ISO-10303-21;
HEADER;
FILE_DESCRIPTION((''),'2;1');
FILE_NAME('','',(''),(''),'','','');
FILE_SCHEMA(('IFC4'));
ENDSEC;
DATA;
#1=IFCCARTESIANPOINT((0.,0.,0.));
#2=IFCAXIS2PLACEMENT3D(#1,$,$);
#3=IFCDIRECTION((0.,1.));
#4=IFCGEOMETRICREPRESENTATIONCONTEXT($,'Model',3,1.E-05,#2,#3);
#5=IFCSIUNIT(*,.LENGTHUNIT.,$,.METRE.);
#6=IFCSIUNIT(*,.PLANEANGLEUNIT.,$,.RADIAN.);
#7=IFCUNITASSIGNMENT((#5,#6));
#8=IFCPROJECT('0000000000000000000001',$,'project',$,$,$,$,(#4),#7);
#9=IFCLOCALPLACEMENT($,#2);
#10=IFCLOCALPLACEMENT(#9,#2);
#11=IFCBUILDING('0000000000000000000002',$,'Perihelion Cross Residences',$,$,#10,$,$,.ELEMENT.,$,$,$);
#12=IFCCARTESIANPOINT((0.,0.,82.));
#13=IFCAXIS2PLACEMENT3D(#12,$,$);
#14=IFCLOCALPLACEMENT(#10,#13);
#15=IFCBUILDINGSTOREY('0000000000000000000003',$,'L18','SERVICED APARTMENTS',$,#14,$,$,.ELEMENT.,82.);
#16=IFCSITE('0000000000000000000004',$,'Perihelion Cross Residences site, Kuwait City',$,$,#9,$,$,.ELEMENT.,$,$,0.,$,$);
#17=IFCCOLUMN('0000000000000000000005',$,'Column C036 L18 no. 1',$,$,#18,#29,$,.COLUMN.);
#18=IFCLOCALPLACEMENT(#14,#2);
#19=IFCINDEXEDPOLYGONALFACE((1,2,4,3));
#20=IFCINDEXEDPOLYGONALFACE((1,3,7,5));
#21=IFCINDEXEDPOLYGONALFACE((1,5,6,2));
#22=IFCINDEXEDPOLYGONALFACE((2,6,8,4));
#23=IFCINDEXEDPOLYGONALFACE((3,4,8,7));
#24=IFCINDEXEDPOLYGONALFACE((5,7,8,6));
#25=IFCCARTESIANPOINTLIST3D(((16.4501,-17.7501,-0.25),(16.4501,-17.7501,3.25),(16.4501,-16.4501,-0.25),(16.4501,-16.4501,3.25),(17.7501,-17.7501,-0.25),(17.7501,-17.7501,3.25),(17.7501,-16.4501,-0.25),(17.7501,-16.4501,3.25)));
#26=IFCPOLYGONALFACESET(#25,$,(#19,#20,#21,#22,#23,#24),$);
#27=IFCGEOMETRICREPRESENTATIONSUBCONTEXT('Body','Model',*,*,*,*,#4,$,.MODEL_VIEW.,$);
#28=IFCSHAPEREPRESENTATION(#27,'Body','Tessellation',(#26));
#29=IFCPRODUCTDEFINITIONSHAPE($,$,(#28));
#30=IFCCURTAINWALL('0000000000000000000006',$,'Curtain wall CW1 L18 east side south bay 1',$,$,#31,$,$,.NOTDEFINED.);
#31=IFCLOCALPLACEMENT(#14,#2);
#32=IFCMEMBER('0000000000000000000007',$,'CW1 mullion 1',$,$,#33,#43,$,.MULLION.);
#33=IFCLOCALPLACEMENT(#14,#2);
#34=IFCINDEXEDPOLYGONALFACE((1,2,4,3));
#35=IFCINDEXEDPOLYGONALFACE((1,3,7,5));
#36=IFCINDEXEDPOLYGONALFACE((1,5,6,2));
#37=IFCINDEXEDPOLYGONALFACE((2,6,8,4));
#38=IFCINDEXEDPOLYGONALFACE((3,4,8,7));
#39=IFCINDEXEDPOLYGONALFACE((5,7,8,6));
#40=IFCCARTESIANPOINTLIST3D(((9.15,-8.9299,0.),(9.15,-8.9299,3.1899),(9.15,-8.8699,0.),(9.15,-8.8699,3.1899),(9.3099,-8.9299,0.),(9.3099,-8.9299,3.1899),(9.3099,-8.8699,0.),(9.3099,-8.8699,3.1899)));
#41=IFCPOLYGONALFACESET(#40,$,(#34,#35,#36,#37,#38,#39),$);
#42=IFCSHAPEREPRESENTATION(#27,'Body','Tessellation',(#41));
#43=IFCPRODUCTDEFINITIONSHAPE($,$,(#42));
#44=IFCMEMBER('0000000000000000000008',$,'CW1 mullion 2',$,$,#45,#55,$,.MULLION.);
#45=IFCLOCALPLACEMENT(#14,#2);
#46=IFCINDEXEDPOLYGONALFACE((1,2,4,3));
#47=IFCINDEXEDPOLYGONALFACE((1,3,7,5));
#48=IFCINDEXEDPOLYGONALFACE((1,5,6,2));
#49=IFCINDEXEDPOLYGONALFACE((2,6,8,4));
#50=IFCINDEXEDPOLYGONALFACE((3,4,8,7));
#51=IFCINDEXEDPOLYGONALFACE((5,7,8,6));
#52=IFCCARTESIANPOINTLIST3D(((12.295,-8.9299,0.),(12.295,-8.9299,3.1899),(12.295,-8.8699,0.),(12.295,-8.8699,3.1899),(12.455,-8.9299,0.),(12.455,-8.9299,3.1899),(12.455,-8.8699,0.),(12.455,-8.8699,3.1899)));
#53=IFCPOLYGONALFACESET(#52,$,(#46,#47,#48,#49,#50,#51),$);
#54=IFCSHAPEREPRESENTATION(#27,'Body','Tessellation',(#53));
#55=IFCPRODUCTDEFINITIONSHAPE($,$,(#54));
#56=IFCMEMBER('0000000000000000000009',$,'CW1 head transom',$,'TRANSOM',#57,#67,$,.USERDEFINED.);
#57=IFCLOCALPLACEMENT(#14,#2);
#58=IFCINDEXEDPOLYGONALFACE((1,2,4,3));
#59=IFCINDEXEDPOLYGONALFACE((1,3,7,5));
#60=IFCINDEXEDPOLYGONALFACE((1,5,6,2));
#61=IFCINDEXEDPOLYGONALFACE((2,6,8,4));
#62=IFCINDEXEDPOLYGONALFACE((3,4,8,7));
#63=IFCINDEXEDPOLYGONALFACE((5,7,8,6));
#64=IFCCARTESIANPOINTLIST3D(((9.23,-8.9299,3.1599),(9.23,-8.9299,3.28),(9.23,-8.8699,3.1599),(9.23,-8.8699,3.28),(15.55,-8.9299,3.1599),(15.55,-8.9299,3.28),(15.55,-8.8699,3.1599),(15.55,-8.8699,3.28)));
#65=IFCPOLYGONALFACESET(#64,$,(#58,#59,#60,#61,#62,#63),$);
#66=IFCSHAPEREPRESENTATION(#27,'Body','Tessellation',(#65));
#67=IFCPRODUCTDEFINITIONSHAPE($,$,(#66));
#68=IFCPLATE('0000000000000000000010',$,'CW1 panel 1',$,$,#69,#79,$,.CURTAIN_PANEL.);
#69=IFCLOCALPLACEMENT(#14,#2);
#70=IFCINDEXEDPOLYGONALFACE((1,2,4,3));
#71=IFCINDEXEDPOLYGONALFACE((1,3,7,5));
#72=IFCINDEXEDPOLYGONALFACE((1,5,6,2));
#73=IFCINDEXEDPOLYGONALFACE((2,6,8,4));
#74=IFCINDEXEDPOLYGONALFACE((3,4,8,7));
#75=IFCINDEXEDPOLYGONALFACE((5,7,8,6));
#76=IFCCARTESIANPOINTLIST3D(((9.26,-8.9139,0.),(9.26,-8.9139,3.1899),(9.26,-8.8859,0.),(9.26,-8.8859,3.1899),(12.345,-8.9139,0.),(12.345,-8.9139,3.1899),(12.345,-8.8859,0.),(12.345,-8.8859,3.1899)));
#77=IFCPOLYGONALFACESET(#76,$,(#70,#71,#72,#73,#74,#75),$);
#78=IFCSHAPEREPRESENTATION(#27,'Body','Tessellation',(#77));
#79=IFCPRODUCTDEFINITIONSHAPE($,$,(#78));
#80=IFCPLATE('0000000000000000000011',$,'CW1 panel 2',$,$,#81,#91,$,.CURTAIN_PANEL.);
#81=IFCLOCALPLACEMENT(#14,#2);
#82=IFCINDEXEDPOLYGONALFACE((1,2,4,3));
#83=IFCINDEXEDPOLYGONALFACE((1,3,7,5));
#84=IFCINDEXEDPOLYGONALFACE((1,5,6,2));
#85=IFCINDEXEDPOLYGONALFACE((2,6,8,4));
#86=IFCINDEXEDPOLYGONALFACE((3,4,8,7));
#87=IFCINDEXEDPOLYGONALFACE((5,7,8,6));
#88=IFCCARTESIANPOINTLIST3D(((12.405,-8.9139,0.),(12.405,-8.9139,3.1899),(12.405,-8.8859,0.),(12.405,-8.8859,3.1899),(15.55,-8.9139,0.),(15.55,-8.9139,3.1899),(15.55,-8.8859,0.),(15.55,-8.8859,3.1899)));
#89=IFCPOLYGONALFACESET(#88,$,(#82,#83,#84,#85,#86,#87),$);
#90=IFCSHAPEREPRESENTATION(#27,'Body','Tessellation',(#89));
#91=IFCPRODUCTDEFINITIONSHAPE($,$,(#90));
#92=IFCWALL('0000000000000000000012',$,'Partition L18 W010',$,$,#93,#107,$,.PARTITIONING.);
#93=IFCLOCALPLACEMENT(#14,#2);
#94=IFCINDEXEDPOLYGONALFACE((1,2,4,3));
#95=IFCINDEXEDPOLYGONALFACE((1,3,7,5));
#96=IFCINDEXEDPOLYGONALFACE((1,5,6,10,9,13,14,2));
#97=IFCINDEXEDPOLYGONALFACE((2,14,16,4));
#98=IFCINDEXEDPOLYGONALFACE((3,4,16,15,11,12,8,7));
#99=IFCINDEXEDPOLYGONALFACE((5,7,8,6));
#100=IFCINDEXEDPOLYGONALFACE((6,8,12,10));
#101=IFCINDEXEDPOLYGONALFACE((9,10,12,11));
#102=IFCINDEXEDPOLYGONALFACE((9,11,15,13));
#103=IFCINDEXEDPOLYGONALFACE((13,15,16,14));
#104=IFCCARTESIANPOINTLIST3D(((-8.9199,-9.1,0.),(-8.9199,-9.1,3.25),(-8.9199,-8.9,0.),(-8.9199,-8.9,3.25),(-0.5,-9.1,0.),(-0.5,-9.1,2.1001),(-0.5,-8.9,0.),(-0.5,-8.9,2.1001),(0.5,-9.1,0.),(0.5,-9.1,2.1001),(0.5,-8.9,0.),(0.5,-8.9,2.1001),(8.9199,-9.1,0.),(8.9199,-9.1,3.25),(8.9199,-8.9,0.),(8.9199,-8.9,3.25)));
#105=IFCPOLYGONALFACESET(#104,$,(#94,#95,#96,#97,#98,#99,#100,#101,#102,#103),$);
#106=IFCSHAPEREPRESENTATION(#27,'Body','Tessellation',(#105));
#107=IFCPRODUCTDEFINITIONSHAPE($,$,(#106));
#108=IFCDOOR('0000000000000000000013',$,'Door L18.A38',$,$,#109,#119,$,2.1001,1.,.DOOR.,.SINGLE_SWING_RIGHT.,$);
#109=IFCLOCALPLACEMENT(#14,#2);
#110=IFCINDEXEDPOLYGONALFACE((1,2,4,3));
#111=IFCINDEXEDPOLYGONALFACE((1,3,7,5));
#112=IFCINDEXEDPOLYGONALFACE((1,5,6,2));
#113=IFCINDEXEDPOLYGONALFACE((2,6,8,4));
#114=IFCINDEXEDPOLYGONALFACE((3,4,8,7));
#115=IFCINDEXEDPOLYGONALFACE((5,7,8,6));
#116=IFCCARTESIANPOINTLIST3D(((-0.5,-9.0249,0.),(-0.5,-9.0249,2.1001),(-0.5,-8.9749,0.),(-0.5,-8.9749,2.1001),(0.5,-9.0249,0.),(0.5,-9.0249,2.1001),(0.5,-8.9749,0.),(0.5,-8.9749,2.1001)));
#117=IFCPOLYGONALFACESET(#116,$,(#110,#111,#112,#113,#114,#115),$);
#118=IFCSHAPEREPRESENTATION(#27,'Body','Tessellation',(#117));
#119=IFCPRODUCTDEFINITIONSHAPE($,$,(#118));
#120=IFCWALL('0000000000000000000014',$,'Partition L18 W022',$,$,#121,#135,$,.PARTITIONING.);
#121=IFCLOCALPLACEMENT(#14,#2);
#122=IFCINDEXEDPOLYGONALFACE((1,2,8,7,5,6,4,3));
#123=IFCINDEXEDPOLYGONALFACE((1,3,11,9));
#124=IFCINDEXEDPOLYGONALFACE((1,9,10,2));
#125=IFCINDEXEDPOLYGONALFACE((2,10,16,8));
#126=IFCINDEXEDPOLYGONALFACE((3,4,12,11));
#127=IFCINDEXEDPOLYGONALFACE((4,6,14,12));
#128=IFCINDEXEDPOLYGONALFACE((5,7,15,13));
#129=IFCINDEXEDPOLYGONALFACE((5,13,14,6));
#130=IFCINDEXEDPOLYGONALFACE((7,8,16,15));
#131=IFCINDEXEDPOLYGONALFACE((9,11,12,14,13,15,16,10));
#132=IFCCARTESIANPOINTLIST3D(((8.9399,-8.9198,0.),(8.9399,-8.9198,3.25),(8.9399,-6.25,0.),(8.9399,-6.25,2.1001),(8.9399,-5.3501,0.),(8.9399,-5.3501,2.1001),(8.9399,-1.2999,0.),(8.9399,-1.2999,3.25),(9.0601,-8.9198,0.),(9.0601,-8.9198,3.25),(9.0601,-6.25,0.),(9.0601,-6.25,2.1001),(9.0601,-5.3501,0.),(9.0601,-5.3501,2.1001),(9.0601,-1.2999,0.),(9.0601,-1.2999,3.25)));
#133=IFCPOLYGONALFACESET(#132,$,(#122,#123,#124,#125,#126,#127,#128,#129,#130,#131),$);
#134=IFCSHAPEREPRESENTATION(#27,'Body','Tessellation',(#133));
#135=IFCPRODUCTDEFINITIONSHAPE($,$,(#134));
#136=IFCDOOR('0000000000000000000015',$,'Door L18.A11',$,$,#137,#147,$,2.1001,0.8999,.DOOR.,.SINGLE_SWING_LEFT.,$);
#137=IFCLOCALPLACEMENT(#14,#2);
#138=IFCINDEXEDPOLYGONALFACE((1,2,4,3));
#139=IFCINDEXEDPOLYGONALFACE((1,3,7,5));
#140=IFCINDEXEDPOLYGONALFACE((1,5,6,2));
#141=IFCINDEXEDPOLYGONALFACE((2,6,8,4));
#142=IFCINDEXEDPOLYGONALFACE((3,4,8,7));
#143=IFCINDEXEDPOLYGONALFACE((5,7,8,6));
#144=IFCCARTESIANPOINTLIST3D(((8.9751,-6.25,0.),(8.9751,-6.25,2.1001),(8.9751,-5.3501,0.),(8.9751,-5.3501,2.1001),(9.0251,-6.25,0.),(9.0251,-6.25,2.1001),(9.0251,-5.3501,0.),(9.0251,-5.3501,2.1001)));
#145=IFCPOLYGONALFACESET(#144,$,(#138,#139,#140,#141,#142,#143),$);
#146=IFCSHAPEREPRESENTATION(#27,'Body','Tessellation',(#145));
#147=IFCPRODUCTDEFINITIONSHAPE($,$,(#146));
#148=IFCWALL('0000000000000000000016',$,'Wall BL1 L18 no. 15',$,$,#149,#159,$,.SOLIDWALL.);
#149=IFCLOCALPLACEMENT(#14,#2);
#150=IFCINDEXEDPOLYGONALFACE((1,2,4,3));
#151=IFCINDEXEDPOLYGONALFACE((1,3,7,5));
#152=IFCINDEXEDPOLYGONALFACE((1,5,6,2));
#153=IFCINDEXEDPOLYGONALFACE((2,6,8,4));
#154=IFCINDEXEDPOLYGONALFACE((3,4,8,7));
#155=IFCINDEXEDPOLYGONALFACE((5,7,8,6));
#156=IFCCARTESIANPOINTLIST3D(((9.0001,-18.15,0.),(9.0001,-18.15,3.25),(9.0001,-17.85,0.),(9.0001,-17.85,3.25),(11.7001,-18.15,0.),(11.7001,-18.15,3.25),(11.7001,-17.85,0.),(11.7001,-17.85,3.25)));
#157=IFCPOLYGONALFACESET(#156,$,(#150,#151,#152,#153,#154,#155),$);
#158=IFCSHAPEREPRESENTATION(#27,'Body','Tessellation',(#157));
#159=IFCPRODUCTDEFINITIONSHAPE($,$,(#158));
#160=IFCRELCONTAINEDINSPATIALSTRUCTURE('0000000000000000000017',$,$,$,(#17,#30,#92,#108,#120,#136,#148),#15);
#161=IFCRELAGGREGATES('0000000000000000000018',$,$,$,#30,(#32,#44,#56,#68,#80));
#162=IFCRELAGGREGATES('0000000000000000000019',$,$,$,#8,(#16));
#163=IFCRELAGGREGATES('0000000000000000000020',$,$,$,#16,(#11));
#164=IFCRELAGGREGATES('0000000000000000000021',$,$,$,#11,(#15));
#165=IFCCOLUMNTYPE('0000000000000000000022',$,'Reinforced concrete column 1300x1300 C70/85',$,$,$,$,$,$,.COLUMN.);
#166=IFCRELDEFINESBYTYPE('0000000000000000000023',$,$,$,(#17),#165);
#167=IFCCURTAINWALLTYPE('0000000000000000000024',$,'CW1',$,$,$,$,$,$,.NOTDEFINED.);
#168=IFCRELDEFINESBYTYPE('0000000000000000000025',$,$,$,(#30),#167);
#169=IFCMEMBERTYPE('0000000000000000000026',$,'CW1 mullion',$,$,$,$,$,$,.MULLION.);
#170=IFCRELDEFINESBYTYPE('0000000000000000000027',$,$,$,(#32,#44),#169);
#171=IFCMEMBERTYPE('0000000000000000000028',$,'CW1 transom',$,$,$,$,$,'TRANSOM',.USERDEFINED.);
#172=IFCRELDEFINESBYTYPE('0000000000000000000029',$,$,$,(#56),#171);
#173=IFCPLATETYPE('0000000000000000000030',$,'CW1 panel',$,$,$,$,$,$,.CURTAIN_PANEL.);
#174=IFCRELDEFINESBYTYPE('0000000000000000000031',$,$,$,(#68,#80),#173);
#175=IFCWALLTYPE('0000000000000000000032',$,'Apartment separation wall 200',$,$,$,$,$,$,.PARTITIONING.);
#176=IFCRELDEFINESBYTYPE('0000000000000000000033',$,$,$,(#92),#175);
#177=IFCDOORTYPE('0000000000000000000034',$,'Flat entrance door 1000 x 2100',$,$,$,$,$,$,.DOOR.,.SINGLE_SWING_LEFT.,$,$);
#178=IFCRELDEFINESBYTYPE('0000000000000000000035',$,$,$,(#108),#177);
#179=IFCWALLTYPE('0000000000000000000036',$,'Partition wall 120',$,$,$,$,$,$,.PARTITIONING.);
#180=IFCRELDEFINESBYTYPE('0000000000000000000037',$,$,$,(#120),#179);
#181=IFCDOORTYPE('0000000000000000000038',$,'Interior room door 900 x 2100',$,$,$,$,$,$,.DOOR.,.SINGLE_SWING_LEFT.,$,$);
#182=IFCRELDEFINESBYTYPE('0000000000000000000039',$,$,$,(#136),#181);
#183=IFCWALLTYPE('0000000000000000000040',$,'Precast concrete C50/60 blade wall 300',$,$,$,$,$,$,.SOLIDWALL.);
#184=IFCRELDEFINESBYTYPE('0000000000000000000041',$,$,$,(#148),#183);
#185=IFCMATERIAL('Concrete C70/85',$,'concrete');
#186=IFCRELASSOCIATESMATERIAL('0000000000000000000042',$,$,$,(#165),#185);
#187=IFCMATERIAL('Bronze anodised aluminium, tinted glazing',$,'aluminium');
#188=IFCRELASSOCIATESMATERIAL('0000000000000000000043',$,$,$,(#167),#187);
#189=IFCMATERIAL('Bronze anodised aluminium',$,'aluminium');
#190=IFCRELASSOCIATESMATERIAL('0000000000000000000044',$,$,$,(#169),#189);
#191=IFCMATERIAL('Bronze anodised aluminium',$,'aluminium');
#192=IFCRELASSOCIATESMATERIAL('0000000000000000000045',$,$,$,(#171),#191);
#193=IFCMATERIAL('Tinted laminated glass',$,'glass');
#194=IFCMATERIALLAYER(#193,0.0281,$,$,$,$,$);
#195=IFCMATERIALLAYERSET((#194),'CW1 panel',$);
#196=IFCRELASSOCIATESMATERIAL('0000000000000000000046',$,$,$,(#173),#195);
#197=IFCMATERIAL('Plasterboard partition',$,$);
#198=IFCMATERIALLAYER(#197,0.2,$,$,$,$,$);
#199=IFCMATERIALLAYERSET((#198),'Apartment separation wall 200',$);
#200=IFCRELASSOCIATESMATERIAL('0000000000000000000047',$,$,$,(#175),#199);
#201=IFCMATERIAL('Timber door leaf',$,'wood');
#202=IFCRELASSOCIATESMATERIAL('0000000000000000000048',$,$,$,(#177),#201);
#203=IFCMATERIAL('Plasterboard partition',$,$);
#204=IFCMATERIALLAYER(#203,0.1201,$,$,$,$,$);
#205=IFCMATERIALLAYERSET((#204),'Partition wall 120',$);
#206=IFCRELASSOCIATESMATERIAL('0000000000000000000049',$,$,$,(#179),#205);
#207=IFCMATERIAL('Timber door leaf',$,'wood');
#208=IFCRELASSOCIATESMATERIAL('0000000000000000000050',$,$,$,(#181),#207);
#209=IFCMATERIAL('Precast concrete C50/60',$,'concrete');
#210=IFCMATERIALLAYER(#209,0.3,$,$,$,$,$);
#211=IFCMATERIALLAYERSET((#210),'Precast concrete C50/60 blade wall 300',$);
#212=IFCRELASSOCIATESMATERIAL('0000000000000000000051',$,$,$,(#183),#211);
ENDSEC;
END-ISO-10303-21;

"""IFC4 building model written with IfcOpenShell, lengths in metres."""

from ifc_helpers import new_model, si_unit, direction, frame, frame_2d, origin, origin_2d, place, context, subcontext, project, spatial, rectangle, extrude, material, layer, layer_set, material_profile, profile_set, type_object, element, fill, aggregate, save


model = new_model("IFC4")

# Units and contexts
model_context = context("Model", 3, precision=1e-05, world=origin(), true_north=direction((0.0, 1.0)))
body_context = subcontext(model_context, "Body", "Model", "MODEL_VIEW")
ifc_project = project(units=[si_unit("LENGTHUNIT", "METRE"), si_unit("PLANEANGLEUNIT", "RADIAN")], contexts=[model_context])

# Site, building, storey
site_placement = place(None, origin())
site = spatial("IfcSite", under=ifc_project, at=site_placement, Name="Perihelion Cross Residences site, Kuwait City", CompositionType="ELEMENT", RefElevation=0.0)
building_placement = place(site_placement, origin())
building = spatial("IfcBuilding", under=site, at=building_placement, Name="Perihelion Cross Residences", CompositionType="ELEMENT")
storey_placement = place(building_placement, frame((0.0, 0.0, 82.0)))
storey = spatial("IfcBuildingStorey", under=building, at=storey_placement, Name="L18", Description="SERVICED APARTMENTS", CompositionType="ELEMENT", Elevation=82.0)

# Column
ifc_material_1 = material(Name="Concrete C70/85", Category="concrete")
ifc_material_profile_1 = material_profile(ifc_material_1, rectangle(XDim=1.3, YDim=1.3, at=origin_2d()), Name="RC 1300x1300")
ifc_profile_set_1 = profile_set([ifc_material_profile_1], Name="Concrete C70/85")
column_type = type_object("IfcColumnType", Name="Reinforced concrete column 1300x1300 C70/85", PredefinedType="COLUMN", material=ifc_profile_set_1)
column_placement = place(storey_placement, frame((17.1001, -17.1001, -0.25), z_axis=(0.0, 0.0, 1.0), x_axis=(1.0, 0.0, 0.0)))
element("IfcColumn", 1, at=column_placement, inside=storey, type_object=column_type, Name="Column C036 L18 no. 1", PredefinedType="COLUMN", context=body_context, shape_type="SweptSolid", body=[
    extrude(rectangle(XDim=1.3, YDim=1.3, at=origin_2d()), origin(), (0.0, 0.0, 1.0), 3.5),
])

# Curtain wall, members, plates
ifc_material_2 = material(Name="Bronze anodised aluminium, tinted glazing", Category="aluminium")
curtain_wall_type = type_object("IfcCurtainWallType", Name="CW1", PredefinedType="NOTDEFINED", material=ifc_material_2)
curtain_wall_placement = place(storey_placement, origin())
curtain_wall = element("IfcCurtainWall", 2, at=curtain_wall_placement, inside=storey, type_object=curtain_wall_type, Name="Curtain wall CW1 L18 east side south bay 1", PredefinedType="NOTDEFINED")
ifc_material_3 = material(Name="Bronze anodised aluminium", Category="aluminium")
ifc_material_profile_2 = material_profile(ifc_material_3, rectangle(XDim=0.0601, YDim=0.1599, at=origin_2d()), Name="CW1 mullion")
ifc_profile_set_2 = profile_set([ifc_material_profile_2], Name="Bronze anodised aluminium")
member_type_1 = type_object("IfcMemberType", Name="CW1 mullion", PredefinedType="MULLION", material=ifc_profile_set_2)
member_1_placement = place(storey_placement, frame((9.23, -8.8999, 0.0), z_axis=(0.0, 0.0, 1.0), x_axis=(0.0, 1.0, 0.0)))
member_1 = element("IfcMember", 3, at=member_1_placement, type_object=member_type_1, Name="CW1 mullion 1", PredefinedType="MULLION", context=body_context, shape_type="SweptSolid", body=[
    extrude(rectangle(XDim=0.0601, YDim=0.1599, at=origin_2d()), origin(), (0.0, 0.0, 1.0), 3.1899),
])
member_2_placement = place(storey_placement, frame((12.375, -8.8999, 0.0), z_axis=(0.0, 0.0, 1.0), x_axis=(0.0, 1.0, 0.0)))
member_2 = element("IfcMember", 4, at=member_2_placement, type_object=member_type_1, Name="CW1 mullion 2", PredefinedType="MULLION", context=body_context, shape_type="SweptSolid", body=[
    extrude(rectangle(XDim=0.0601, YDim=0.1599, at=origin_2d()), origin(), (0.0, 0.0, 1.0), 3.1899),
])
ifc_material_4 = material(Name="Bronze anodised aluminium", Category="aluminium")
ifc_material_profile_3 = material_profile(ifc_material_4, rectangle(XDim=0.0601, YDim=0.1201, at=origin_2d()), Name="CW1 transom")
ifc_profile_set_3 = profile_set([ifc_material_profile_3], Name="Bronze anodised aluminium")
member_type_2 = type_object("IfcMemberType", Name="CW1 transom", ElementType="TRANSOM", PredefinedType="USERDEFINED", material=ifc_profile_set_3)
member_3_placement = place(storey_placement, frame((9.23, -8.8999, 3.22), z_axis=(1.0, 0.0, 0.0), x_axis=(0.0, 1.0, 0.0)))
member_3 = element("IfcMember", 5, at=member_3_placement, type_object=member_type_2, Name="CW1 head transom", ObjectType="TRANSOM", PredefinedType="USERDEFINED", context=body_context, shape_type="SweptSolid", body=[
    extrude(rectangle(XDim=0.0601, YDim=0.1201, at=origin_2d()), origin(), (0.0, 0.0, 1.0), 6.3201),
])
ifc_material_5 = material(Name="Tinted laminated glass", Category="glass")
ifc_layer_1 = layer(ifc_material_5, 0.0281)
ifc_layer_set_1 = layer_set([ifc_layer_1], Name="CW1 panel")
plate_type = type_object("IfcPlateType", Name="CW1 panel", PredefinedType="CURTAIN_PANEL", material=ifc_layer_set_1)
plate_1_placement = place(storey_placement, frame((10.8025, -8.8999, 0.0), z_axis=(0.0, 0.0, 1.0), x_axis=(1.0, 0.0, 0.0)))
plate_1 = element("IfcPlate", 6, at=plate_1_placement, type_object=plate_type, Name="CW1 panel 1", PredefinedType="CURTAIN_PANEL", context=body_context, shape_type="SweptSolid", body=[
    extrude(rectangle(XDim=3.085, YDim=0.0281, at=origin_2d()), origin(), (0.0, 0.0, 1.0), 3.1899),
])
plate_2_placement = place(storey_placement, frame((13.9775, -8.8999, 0.0), z_axis=(0.0, 0.0, 1.0), x_axis=(1.0, 0.0, 0.0)))
plate_2 = element("IfcPlate", 7, at=plate_2_placement, type_object=plate_type, Name="CW1 panel 2", PredefinedType="CURTAIN_PANEL", context=body_context, shape_type="SweptSolid", body=[
    extrude(rectangle(XDim=3.145, YDim=0.0281, at=origin_2d()), origin(), (0.0, 0.0, 1.0), 3.1899),
])
aggregate(curtain_wall, [member_1, member_2, member_3, plate_1, plate_2])

# Walls, openings, doors
ifc_material_6 = material(Name="Plasterboard partition")
ifc_layer_2 = layer(ifc_material_6, 0.2)
ifc_layer_set_2 = layer_set([ifc_layer_2], Name="Apartment separation wall 200")
wall_type_1 = type_object("IfcWallType", Name="Apartment separation wall 200", PredefinedType="PARTITIONING", material=ifc_layer_set_2)
wall_1_placement = place(storey_placement, frame((8.9199, -9.0, 0.0), z_axis=(0.0, 0.0, 1.0), x_axis=(-1.0, 0.0, 0.0)))
wall_1 = element("IfcWall", 8, at=wall_1_placement, inside=storey, type_object=wall_type_1, Name="Partition L18 W010", PredefinedType="PARTITIONING", context=body_context, shape_type="SweptSolid", body=[
    extrude(rectangle(XDim=17.8398, YDim=0.2, at=frame_2d((8.9199, 0.0))), origin(), (0.0, 0.0, 1.0), 3.25),
])
opening_1_placement = place(wall_1_placement, frame((8.4199, 0.0, 0.0)))
opening_1 = element("IfcOpeningElement", 9, at=opening_1_placement, cuts=wall_1, PredefinedType="OPENING", context=body_context, shape_type="SweptSolid", body=[
    extrude(rectangle(XDim=1.0, YDim=2.1001, at=frame_2d((0.5, 1.05))), frame((0.0, 0.1099, 0.0), z_axis=(0.0, -1.0, 0.0), x_axis=(1.0, 0.0, 0.0)), (0.0, 0.0, 1.0), 0.22),
])
ifc_material_7 = material(Name="Timber door leaf", Category="wood")
door_type_1 = type_object("IfcDoorType", Name="Flat entrance door 1000 x 2100", OperationType="SINGLE_SWING_LEFT", PredefinedType="DOOR", material=ifc_material_7)
door_1_placement = place(opening_1_placement, origin())
door_1 = element("IfcDoor", 10, at=door_1_placement, inside=storey, type_object=door_type_1, Name="Door L18.A38", OperationType="SINGLE_SWING_RIGHT", OverallHeight=2.1001, OverallWidth=1.0, PredefinedType="DOOR", context=body_context, shape_type="SweptSolid", body=[
    extrude(rectangle(XDim=1.0, YDim=2.1001, at=frame_2d((0.5, 1.05))), frame((0.0, 0.0249, 0.0), z_axis=(0.0, -1.0, 0.0), x_axis=(1.0, 0.0, 0.0)), (0.0, 0.0, 1.0), 0.05),
])
fill(opening_1, door_1)
ifc_material_8 = material(Name="Plasterboard partition")
ifc_layer_3 = layer(ifc_material_8, 0.1201)
ifc_layer_set_3 = layer_set([ifc_layer_3], Name="Partition wall 120")
wall_type_2 = type_object("IfcWallType", Name="Partition wall 120", PredefinedType="PARTITIONING", material=ifc_layer_set_3)
wall_2_placement = place(storey_placement, frame((9.0, -8.9199, 0.0), z_axis=(0.0, 0.0, 1.0), x_axis=(0.0, 1.0, 0.0)))
wall_2 = element("IfcWall", 11, at=wall_2_placement, inside=storey, type_object=wall_type_2, Name="Partition L18 W022", PredefinedType="PARTITIONING", context=body_context, shape_type="SweptSolid", body=[
    extrude(rectangle(XDim=7.6199, YDim=0.1201, at=frame_2d((3.8101, 0.0))), origin(), (0.0, 0.0, 1.0), 3.25),
])
opening_2_placement = place(wall_2_placement, frame((2.6699, 0.0, 0.0)))
opening_2 = element("IfcOpeningElement", 12, at=opening_2_placement, cuts=wall_2, PredefinedType="OPENING", context=body_context, shape_type="SweptSolid", body=[
    extrude(rectangle(XDim=0.8999, YDim=2.1001, at=frame_2d((0.45, 1.05))), frame((0.0, 0.0701, 0.0), z_axis=(0.0, -1.0, 0.0), x_axis=(1.0, 0.0, 0.0)), (0.0, 0.0, 1.0), 0.1401),
])
ifc_material_9 = material(Name="Timber door leaf", Category="wood")
door_type_2 = type_object("IfcDoorType", Name="Interior room door 900 x 2100", OperationType="SINGLE_SWING_LEFT", PredefinedType="DOOR", material=ifc_material_9)
door_2_placement = place(opening_2_placement, origin())
door_2 = element("IfcDoor", 13, at=door_2_placement, inside=storey, type_object=door_type_2, Name="Door L18.A11", OperationType="SINGLE_SWING_LEFT", OverallHeight=2.1001, OverallWidth=0.8999, PredefinedType="DOOR", context=body_context, shape_type="SweptSolid", body=[
    extrude(rectangle(XDim=0.8999, YDim=2.1001, at=frame_2d((0.45, 1.05))), frame((0.0, 0.0249, 0.0), z_axis=(0.0, -1.0, 0.0), x_axis=(1.0, 0.0, 0.0)), (0.0, 0.0, 1.0), 0.05),
])
fill(opening_2, door_2)

# Wall
ifc_material_10 = material(Name="Precast concrete C50/60", Category="concrete")
ifc_layer_4 = layer(ifc_material_10, 0.3)
ifc_layer_set_4 = layer_set([ifc_layer_4], Name="Precast concrete C50/60 blade wall 300")
wall_type_3 = type_object("IfcWallType", Name="Precast concrete C50/60 blade wall 300", PredefinedType="SOLIDWALL", material=ifc_layer_set_4)
wall_3_placement = place(storey_placement, frame((9.0, -18.0, 0.0), z_axis=(0.0, 0.0, 1.0), x_axis=(1.0, 0.0, 0.0)))
element("IfcWall", 14, at=wall_3_placement, inside=storey, type_object=wall_type_3, Name="Wall BL1 L18 no. 15", PredefinedType="SOLIDWALL", context=body_context, shape_type="SweptSolid", body=[
    extrude(rectangle(XDim=2.7, YDim=0.3, at=frame_2d((1.3501, 0.0))), origin(), (0.0, 0.0, 1.0), 3.25),
])

save(model, "model.ifc")
